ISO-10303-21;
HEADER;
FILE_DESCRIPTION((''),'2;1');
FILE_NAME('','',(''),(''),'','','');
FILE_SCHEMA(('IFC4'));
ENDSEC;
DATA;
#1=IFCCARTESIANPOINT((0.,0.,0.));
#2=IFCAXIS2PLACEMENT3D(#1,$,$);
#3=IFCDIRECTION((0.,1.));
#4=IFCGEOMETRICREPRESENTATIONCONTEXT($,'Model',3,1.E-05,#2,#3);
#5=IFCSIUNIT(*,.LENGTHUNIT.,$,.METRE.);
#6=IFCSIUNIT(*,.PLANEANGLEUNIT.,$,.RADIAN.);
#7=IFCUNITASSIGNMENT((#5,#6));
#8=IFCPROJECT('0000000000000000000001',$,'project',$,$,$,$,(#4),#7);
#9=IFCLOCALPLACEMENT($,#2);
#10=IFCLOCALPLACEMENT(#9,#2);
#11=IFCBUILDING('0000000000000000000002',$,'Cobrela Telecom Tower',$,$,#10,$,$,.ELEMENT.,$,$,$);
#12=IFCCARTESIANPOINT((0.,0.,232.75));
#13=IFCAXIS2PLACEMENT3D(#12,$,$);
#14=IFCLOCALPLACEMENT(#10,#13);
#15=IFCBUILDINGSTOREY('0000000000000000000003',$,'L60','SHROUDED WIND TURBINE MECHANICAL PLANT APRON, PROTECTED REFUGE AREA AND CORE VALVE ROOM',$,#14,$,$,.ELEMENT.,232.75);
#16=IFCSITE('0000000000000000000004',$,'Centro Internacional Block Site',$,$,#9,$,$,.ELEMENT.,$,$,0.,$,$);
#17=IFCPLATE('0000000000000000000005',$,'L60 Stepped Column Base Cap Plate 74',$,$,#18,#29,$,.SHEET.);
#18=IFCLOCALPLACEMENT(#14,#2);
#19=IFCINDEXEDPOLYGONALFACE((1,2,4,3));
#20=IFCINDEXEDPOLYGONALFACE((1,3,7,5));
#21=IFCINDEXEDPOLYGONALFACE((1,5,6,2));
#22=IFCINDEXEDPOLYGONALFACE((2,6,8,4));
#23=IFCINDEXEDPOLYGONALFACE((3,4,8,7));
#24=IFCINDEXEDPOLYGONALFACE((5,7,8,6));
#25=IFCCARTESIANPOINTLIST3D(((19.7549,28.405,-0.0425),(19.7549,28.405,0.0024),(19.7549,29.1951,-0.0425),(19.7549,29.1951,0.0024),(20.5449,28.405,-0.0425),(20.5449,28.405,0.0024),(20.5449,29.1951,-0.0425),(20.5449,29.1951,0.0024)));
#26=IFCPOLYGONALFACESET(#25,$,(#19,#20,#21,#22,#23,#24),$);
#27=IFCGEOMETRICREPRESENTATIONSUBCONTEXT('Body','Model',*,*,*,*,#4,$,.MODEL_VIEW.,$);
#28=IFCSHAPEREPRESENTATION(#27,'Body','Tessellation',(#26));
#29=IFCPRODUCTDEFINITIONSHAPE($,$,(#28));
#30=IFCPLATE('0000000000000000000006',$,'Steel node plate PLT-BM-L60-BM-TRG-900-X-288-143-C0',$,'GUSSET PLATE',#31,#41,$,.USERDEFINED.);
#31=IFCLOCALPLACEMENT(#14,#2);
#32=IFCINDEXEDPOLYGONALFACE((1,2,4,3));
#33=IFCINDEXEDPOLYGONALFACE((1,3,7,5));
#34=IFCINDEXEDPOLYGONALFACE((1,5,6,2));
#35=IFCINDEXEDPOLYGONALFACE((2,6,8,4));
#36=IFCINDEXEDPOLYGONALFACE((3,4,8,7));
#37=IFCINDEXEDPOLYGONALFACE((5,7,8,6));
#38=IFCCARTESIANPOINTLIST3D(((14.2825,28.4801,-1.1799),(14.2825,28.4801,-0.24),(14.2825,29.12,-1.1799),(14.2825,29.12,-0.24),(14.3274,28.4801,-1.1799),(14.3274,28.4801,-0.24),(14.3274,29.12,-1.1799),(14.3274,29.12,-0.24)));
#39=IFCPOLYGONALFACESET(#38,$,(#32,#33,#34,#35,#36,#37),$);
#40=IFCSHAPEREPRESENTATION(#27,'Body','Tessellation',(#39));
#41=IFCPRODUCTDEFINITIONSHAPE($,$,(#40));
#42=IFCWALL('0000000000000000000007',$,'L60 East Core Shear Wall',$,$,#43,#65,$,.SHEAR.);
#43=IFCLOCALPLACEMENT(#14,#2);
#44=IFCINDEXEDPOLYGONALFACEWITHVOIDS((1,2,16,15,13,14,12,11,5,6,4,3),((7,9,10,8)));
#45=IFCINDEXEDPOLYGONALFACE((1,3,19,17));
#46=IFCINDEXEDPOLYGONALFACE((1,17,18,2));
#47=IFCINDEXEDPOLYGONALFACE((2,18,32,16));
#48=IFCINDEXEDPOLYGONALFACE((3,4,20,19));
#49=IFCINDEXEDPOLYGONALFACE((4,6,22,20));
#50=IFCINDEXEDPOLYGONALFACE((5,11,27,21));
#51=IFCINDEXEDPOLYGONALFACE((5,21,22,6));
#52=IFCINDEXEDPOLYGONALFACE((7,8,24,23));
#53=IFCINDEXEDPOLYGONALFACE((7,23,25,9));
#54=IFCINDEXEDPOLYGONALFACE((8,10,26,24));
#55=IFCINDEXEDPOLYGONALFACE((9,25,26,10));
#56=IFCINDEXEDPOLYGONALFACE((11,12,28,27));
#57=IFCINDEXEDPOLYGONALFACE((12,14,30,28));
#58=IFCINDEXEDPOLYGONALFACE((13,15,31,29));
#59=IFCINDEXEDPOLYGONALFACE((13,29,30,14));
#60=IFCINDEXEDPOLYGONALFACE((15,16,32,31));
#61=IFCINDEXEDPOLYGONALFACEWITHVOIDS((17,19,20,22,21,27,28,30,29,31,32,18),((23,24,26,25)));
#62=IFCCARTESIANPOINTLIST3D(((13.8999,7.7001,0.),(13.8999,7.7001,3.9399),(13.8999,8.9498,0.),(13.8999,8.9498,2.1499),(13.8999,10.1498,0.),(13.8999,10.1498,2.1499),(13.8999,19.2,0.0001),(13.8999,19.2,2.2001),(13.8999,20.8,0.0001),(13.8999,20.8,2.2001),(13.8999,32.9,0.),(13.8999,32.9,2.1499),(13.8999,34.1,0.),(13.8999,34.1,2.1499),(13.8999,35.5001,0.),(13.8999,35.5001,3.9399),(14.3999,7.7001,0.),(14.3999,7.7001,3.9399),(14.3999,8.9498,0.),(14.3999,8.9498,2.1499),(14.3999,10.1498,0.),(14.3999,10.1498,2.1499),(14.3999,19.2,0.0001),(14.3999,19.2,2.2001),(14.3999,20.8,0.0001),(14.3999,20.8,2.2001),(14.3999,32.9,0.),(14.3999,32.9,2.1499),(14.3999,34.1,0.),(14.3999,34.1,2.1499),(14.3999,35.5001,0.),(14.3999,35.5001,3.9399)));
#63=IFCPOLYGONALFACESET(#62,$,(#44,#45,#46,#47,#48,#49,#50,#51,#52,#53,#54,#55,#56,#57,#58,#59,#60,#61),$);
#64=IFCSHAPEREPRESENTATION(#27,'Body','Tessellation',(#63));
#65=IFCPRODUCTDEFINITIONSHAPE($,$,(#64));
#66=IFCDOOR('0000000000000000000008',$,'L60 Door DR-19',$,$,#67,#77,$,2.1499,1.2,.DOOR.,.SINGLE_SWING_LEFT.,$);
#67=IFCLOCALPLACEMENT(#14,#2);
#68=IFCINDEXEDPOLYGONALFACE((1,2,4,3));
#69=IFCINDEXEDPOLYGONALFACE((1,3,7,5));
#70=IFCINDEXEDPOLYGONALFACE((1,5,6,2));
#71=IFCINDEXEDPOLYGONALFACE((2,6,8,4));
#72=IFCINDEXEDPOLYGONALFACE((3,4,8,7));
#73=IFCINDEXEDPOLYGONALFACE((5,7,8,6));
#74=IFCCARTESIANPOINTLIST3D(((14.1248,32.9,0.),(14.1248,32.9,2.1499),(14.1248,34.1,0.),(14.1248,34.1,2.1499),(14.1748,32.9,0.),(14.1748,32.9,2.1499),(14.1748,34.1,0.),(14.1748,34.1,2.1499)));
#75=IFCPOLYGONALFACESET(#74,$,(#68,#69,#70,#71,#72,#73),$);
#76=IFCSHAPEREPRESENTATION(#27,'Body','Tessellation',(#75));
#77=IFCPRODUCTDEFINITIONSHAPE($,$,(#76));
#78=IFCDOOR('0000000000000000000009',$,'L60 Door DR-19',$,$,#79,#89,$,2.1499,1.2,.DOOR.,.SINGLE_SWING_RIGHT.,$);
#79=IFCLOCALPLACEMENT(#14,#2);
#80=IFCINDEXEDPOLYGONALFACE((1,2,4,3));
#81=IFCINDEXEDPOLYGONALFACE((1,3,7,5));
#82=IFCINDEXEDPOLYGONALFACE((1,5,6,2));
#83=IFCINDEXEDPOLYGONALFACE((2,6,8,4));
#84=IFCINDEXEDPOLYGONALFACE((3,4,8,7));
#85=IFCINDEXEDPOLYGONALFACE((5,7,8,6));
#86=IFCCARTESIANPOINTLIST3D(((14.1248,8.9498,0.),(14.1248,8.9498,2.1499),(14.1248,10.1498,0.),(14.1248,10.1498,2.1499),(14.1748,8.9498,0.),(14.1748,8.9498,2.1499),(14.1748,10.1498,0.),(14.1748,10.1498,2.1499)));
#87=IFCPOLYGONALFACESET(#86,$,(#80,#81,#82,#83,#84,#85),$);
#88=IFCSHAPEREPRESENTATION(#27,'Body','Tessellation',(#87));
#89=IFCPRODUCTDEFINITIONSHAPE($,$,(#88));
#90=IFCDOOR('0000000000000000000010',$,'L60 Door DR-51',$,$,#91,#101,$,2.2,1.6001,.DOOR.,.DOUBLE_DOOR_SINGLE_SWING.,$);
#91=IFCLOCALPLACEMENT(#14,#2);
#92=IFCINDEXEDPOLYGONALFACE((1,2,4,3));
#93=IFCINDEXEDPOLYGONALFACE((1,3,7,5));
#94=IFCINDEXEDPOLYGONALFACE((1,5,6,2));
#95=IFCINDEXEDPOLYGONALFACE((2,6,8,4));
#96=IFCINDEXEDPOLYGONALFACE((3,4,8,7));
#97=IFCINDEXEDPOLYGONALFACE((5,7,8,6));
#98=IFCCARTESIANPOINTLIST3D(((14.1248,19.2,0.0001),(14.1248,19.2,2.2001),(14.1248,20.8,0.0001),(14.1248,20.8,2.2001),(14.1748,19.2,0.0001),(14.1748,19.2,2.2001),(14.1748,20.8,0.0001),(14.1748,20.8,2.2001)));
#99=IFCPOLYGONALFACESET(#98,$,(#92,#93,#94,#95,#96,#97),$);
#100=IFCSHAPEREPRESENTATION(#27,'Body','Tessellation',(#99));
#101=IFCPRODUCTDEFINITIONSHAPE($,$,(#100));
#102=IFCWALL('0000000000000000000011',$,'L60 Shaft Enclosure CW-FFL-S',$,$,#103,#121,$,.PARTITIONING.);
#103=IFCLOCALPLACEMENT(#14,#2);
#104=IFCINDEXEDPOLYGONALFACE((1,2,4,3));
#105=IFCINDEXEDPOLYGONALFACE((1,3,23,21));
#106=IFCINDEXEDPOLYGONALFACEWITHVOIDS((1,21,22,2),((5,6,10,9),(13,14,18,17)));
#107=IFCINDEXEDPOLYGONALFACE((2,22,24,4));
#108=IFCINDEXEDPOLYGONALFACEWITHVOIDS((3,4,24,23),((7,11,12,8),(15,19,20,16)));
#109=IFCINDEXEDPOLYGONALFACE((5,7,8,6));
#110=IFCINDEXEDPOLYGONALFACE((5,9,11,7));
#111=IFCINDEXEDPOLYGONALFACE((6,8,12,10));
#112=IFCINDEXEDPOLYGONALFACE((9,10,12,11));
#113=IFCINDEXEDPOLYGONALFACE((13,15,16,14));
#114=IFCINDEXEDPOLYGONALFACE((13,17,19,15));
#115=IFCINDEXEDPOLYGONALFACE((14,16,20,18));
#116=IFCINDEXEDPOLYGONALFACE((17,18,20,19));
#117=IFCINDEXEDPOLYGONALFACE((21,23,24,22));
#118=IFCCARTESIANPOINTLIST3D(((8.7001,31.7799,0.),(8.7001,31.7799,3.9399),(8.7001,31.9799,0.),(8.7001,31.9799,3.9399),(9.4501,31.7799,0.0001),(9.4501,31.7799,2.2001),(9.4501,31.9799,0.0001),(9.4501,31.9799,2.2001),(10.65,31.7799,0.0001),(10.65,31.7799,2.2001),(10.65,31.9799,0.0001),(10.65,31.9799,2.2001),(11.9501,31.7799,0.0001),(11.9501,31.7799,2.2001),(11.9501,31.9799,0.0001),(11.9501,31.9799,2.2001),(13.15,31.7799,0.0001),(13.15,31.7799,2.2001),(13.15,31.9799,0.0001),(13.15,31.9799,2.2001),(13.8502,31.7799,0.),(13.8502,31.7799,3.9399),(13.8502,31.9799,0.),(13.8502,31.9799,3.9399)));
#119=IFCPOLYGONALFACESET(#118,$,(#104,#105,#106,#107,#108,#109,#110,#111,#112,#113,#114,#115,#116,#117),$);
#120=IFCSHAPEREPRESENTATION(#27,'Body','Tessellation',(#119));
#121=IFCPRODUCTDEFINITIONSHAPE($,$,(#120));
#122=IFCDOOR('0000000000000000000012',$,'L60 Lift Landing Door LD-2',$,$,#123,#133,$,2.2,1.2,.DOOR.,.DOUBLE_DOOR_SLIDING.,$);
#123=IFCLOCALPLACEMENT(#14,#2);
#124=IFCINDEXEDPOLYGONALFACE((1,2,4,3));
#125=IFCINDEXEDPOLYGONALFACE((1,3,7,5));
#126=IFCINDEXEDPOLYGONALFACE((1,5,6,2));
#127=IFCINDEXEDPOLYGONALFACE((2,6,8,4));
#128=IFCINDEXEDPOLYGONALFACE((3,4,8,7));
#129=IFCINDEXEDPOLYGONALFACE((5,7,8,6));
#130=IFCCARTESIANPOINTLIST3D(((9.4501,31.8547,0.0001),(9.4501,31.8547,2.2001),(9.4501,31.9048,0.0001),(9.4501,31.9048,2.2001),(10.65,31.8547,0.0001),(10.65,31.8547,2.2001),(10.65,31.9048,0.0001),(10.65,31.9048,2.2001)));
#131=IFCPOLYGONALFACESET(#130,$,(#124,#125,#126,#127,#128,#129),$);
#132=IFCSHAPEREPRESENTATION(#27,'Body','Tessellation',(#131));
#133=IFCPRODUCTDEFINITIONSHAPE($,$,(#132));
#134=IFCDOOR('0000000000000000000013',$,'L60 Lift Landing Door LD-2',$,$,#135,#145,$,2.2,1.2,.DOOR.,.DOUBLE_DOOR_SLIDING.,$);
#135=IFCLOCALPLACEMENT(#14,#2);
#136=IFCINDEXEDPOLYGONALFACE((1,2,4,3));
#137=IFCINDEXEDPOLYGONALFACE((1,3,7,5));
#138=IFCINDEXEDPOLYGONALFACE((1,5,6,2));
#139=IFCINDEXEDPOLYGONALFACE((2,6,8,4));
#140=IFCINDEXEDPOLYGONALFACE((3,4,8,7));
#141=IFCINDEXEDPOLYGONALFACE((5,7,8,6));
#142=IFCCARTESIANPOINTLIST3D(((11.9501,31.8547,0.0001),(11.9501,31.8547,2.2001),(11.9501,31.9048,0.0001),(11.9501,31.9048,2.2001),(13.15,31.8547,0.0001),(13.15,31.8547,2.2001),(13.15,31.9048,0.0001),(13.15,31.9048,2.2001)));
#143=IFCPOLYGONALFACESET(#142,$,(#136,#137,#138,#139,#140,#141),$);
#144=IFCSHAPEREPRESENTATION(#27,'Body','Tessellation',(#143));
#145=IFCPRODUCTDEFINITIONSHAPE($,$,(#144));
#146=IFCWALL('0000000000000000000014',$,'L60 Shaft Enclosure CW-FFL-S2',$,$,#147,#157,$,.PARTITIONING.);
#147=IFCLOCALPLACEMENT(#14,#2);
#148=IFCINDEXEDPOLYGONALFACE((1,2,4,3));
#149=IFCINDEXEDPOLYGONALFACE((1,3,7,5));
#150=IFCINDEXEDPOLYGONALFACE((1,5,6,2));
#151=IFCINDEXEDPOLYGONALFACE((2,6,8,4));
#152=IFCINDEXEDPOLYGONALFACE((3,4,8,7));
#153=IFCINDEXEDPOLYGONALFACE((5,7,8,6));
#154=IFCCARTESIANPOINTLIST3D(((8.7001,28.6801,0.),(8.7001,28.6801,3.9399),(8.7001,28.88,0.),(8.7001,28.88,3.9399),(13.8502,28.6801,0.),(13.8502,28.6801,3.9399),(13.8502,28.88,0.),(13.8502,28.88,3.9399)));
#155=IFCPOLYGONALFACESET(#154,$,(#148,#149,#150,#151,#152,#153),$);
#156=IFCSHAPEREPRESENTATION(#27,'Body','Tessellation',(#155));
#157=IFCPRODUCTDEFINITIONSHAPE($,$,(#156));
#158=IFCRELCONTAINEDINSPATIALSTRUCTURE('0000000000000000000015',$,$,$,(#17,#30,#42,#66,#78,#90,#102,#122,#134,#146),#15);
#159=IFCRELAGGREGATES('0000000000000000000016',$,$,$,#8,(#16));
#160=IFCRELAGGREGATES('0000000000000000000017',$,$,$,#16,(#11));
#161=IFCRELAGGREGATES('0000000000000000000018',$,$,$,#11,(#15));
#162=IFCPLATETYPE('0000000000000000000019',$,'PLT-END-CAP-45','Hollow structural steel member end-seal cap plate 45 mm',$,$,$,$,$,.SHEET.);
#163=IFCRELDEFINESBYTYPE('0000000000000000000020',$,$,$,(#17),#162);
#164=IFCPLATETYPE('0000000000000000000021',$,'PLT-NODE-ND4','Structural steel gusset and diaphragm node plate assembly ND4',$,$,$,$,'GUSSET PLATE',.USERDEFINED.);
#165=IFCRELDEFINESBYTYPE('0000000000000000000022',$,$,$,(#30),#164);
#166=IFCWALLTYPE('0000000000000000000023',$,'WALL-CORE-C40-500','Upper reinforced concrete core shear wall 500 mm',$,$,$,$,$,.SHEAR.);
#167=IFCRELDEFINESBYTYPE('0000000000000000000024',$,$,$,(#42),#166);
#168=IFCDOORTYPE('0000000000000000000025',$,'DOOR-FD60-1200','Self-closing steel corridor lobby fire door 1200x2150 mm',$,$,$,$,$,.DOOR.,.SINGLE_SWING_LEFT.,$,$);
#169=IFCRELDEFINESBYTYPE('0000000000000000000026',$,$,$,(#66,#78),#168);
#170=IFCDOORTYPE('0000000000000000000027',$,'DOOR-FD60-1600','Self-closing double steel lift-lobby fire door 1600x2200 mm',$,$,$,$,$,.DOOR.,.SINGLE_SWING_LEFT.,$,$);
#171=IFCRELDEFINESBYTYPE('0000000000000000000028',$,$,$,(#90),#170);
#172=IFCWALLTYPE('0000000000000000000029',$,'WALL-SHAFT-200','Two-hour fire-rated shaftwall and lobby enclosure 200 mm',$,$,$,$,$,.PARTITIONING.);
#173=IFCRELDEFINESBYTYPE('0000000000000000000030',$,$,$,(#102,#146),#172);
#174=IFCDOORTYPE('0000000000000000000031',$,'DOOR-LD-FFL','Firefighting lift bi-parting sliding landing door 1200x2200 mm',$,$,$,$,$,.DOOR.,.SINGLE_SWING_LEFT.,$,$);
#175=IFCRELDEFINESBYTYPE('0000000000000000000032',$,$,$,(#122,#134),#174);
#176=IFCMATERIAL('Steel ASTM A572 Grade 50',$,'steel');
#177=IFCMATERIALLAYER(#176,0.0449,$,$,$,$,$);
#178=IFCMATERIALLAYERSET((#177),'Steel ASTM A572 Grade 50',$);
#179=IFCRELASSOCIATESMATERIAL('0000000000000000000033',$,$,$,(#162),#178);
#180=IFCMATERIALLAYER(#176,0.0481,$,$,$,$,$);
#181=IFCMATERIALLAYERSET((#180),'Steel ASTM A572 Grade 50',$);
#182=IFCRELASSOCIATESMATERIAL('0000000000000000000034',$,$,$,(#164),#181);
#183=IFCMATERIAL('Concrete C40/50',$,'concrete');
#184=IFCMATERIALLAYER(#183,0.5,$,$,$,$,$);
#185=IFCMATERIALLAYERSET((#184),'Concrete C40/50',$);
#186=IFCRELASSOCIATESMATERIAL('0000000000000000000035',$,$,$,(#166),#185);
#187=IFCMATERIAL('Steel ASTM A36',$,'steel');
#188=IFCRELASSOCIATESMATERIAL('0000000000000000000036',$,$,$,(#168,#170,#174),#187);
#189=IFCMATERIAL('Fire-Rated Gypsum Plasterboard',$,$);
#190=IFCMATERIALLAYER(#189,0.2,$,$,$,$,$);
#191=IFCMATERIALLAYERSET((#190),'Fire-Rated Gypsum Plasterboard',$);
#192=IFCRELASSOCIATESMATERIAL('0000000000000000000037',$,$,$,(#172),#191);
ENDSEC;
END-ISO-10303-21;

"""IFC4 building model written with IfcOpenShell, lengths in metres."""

from ifc_helpers import new_model, si_unit, direction, frame, frame_2d, origin, origin_2d, place, context, subcontext, project, spatial, rectangle, extrude, material, layer, layer_set, type_object, element, fill, save


model = new_model("IFC4")

# Units and contexts
model_context = context("Model", 3, precision=1e-05, world=origin(), true_north=direction((0.0, 1.0)))
body_context = subcontext(model_context, "Body", "Model", "MODEL_VIEW")
ifc_project = project(units=[si_unit("LENGTHUNIT", "METRE"), si_unit("PLANEANGLEUNIT", "RADIAN")], contexts=[model_context])

# Site, building, storey
site_placement = place(None, origin())
site = spatial("IfcSite", under=ifc_project, at=site_placement, Name="Centro Internacional Block Site", CompositionType="ELEMENT", RefElevation=0.0)
building_placement = place(site_placement, origin())
building = spatial("IfcBuilding", under=site, at=building_placement, Name="Cobrela Telecom Tower", CompositionType="ELEMENT")
storey_placement = place(building_placement, frame((0.0, 0.0, 232.75)))
storey = spatial("IfcBuildingStorey", under=building, at=storey_placement, Name="L60", Description="SHROUDED WIND TURBINE MECHANICAL PLANT APRON, PROTECTED REFUGE AREA AND CORE VALVE ROOM", CompositionType="ELEMENT", Elevation=232.75)

# Shared definitions
ifc_material_1 = material(Name="Steel ASTM A572 Grade 50", Category="steel")

# Plates
ifc_layer_1 = layer(ifc_material_1, 0.0449)
ifc_layer_set_1 = layer_set([ifc_layer_1], Name="Steel ASTM A572 Grade 50")
plate_type_1 = type_object("IfcPlateType", Name="PLT-END-CAP-45", Description="Hollow structural steel member end-seal cap plate 45 mm", PredefinedType="SHEET", material=ifc_layer_set_1)
plate_1_placement = place(storey_placement, frame((20.1499, 28.8, -0.0425), z_axis=(0.0, 0.0, 1.0), x_axis=(1.0, 0.0, 0.0)))
element("IfcPlate", 1, at=plate_1_placement, inside=storey, type_object=plate_type_1, Name="L60 Stepped Column Base Cap Plate 74", PredefinedType="SHEET", context=body_context, shape_type="SweptSolid", body=[
    extrude(rectangle(XDim=0.79, YDim=0.79, at=origin_2d()), origin(), (0.0, 0.0, 1.0), 0.0449),
])
ifc_layer_2 = layer(ifc_material_1, 0.0481)
ifc_layer_set_2 = layer_set([ifc_layer_2], Name="Steel ASTM A572 Grade 50")
plate_type_2 = type_object("IfcPlateType", Name="PLT-NODE-ND4", Description="Structural steel gusset and diaphragm node plate assembly ND4", ElementType="GUSSET PLATE", PredefinedType="USERDEFINED", material=ifc_layer_set_2)
plate_2_placement = place(storey_placement, frame((14.3049, 28.8, -1.1799), z_axis=(0.0, 0.0, 1.0), x_axis=(1.0, 0.0, 0.0)))
element("IfcPlate", 2, at=plate_2_placement, inside=storey, type_object=plate_type_2, Name="Steel node plate PLT-BM-L60-BM-TRG-900-X-288-143-C0", ObjectType="GUSSET PLATE", PredefinedType="USERDEFINED", context=body_context, shape_type="SweptSolid", body=[
    extrude(rectangle(XDim=0.0449, YDim=0.6399, at=origin_2d()), origin(), (0.0, 0.0, 1.0), 0.9399),
])

# Walls, openings, doors
ifc_material_2 = material(Name="Concrete C40/50", Category="concrete")
ifc_layer_3 = layer(ifc_material_2, 0.5)
ifc_layer_set_3 = layer_set([ifc_layer_3], Name="Concrete C40/50")
wall_type_1 = type_object("IfcWallType", Name="WALL-CORE-C40-500", Description="Upper reinforced concrete core shear wall 500 mm", PredefinedType="SHEAR", material=ifc_layer_set_3)
wall_1_placement = place(storey_placement, frame((14.1499, 35.5, 0.0), z_axis=(0.0, 0.0, 1.0), x_axis=(0.0, -1.0, 0.0)))
wall_1 = element("IfcWall", 3, at=wall_1_placement, inside=storey, type_object=wall_type_1, Name="L60 East Core Shear Wall", PredefinedType="SHEAR", context=body_context, shape_type="SweptSolid", body=[
    extrude(rectangle(XDim=27.8, YDim=0.5, at=frame_2d((13.8999, 0.0))), origin(), (0.0, 0.0, 1.0), 3.9399),
])
opening_1_placement = place(wall_1_placement, frame((1.3999, 0.0, 0.0)))
opening_1 = element("IfcOpeningElement", 4, at=opening_1_placement, cuts=wall_1, PredefinedType="OPENING", context=body_context, shape_type="SweptSolid", body=[
    extrude(rectangle(XDim=1.2, YDim=2.1499, at=frame_2d((0.6001, 1.075))), frame((0.0, 0.262, 0.0), z_axis=(0.0, -1.0, 0.0), x_axis=(1.0, 0.0, 0.0)), (0.0, 0.0, 1.0), 0.5239),
])
opening_2_placement = place(wall_1_placement, frame((25.3501, 0.0, 0.0)))
opening_2 = element("IfcOpeningElement", 5, at=opening_2_placement, cuts=wall_1, PredefinedType="OPENING", context=body_context, shape_type="SweptSolid", body=[
    extrude(rectangle(XDim=1.2, YDim=2.1499, at=frame_2d((0.6001, 1.075))), frame((0.0, 0.262, 0.0), z_axis=(0.0, -1.0, 0.0), x_axis=(1.0, 0.0, 0.0)), (0.0, 0.0, 1.0), 0.5239),
])
opening_3_placement = place(wall_1_placement, frame((14.7, 0.0, 0.0)))
opening_3 = element("IfcOpeningElement", 6, at=opening_3_placement, cuts=wall_1, PredefinedType="OPENING", context=body_context, shape_type="SweptSolid", body=[
    extrude(rectangle(XDim=1.6001, YDim=2.2, at=frame_2d((0.8, 1.1001))), frame((0.0, 0.262, 0.0), z_axis=(0.0, -1.0, 0.0), x_axis=(1.0, 0.0, 0.0)), (0.0, 0.0, 1.0), 0.5239),
])
ifc_material_3 = material(Name="Steel ASTM A36", Category="steel")
door_type_1 = type_object("IfcDoorType", Name="DOOR-FD60-1200", Description="Self-closing steel corridor lobby fire door 1200x2150 mm", OperationType="SINGLE_SWING_LEFT", PredefinedType="DOOR", material=ifc_material_3)
door_1_placement = place(opening_1_placement, origin())
door_1 = element("IfcDoor", 7, at=door_1_placement, inside=storey, type_object=door_type_1, Name="L60 Door DR-19", OperationType="SINGLE_SWING_LEFT", OverallHeight=2.1499, OverallWidth=1.2, PredefinedType="DOOR", context=body_context, shape_type="SweptSolid", body=[
    extrude(rectangle(XDim=1.2, YDim=2.1499, at=frame_2d((0.6001, 1.075))), frame((0.0, 0.0249, 0.0), z_axis=(0.0, -1.0, 0.0), x_axis=(1.0, 0.0, 0.0)), (0.0, 0.0, 1.0), 0.05),
])
fill(opening_1, door_1)
door_2_placement = place(opening_2_placement, origin())
door_2 = element("IfcDoor", 8, at=door_2_placement, inside=storey, type_object=door_type_1, Name="L60 Door DR-19", OperationType="SINGLE_SWING_RIGHT", OverallHeight=2.1499, OverallWidth=1.2, PredefinedType="DOOR", context=body_context, shape_type="SweptSolid", body=[
    extrude(rectangle(XDim=1.2, YDim=2.1499, at=frame_2d((0.6001, 1.075))), frame((0.0, 0.0249, 0.0), z_axis=(0.0, -1.0, 0.0), x_axis=(1.0, 0.0, 0.0)), (0.0, 0.0, 1.0), 0.05),
])
fill(opening_2, door_2)
door_type_2 = type_object("IfcDoorType", Name="DOOR-FD60-1600", Description="Self-closing double steel lift-lobby fire door 1600x2200 mm", OperationType="SINGLE_SWING_LEFT", PredefinedType="DOOR", material=ifc_material_3)
door_3_placement = place(opening_3_placement, origin())
door_3 = element("IfcDoor", 9, at=door_3_placement, inside=storey, type_object=door_type_2, Name="L60 Door DR-51", OperationType="DOUBLE_DOOR_SINGLE_SWING", OverallHeight=2.2, OverallWidth=1.6001, PredefinedType="DOOR", context=body_context, shape_type="SweptSolid", body=[
    extrude(rectangle(XDim=1.6001, YDim=2.2, at=frame_2d((0.8, 1.1001))), frame((0.0, 0.0249, 0.0), z_axis=(0.0, -1.0, 0.0), x_axis=(1.0, 0.0, 0.0)), (0.0, 0.0, 1.0), 0.05),
])
fill(opening_3, door_3)
ifc_material_4 = material(Name="Fire-Rated Gypsum Plasterboard")
ifc_layer_4 = layer(ifc_material_4, 0.2)
ifc_layer_set_4 = layer_set([ifc_layer_4], Name="Fire-Rated Gypsum Plasterboard")
wall_type_2 = type_object("IfcWallType", Name="WALL-SHAFT-200", Description="Two-hour fire-rated shaftwall and lobby enclosure 200 mm", PredefinedType="PARTITIONING", material=ifc_layer_set_4)
wall_2_placement = place(storey_placement, frame((8.7, 31.8799, 0.0), z_axis=(0.0, 0.0, 1.0), x_axis=(1.0, 0.0, 0.0)))
wall_2 = element("IfcWall", 10, at=wall_2_placement, inside=storey, type_object=wall_type_2, Name="L60 Shaft Enclosure CW-FFL-S", PredefinedType="PARTITIONING", context=body_context, shape_type="SweptSolid", body=[
    extrude(rectangle(XDim=5.1501, YDim=0.2, at=frame_2d((2.5752, 0.0))), origin(), (0.0, 0.0, 1.0), 3.9399),
])
opening_4_placement = place(wall_2_placement, frame((0.75, 0.0, 0.0)))
opening_4 = element("IfcOpeningElement", 11, at=opening_4_placement, cuts=wall_2, PredefinedType="OPENING", context=body_context, shape_type="SweptSolid", body=[
    extrude(rectangle(XDim=1.2, YDim=2.2, at=frame_2d((0.6001, 1.1001))), frame((0.0, 0.1118, 0.0), z_axis=(0.0, -1.0, 0.0), x_axis=(1.0, 0.0, 0.0)), (0.0, 0.0, 1.0), 0.2239),
])
opening_5_placement = place(wall_2_placement, frame((3.25, 0.0, 0.0)))
opening_5 = element("IfcOpeningElement", 12, at=opening_5_placement, cuts=wall_2, PredefinedType="OPENING", context=body_context, shape_type="SweptSolid", body=[
    extrude(rectangle(XDim=1.2, YDim=2.2, at=frame_2d((0.6001, 1.1001))), frame((0.0, 0.1118, 0.0), z_axis=(0.0, -1.0, 0.0), x_axis=(1.0, 0.0, 0.0)), (0.0, 0.0, 1.0), 0.2239),
])
door_type_3 = type_object("IfcDoorType", Name="DOOR-LD-FFL", Description="Firefighting lift bi-parting sliding landing door 1200x2200 mm", OperationType="SINGLE_SWING_LEFT", PredefinedType="DOOR", material=ifc_material_3)
door_4_placement = place(opening_4_placement, origin())
door_4 = element("IfcDoor", 13, at=door_4_placement, inside=storey, type_object=door_type_3, Name="L60 Lift Landing Door LD-2", OperationType="DOUBLE_DOOR_SLIDING", OverallHeight=2.2, OverallWidth=1.2, PredefinedType="DOOR", context=body_context, shape_type="SweptSolid", body=[
    extrude(rectangle(XDim=1.2, YDim=2.2, at=frame_2d((0.6001, 1.1001))), frame((0.0, 0.0249, 0.0), z_axis=(0.0, -1.0, 0.0), x_axis=(1.0, 0.0, 0.0)), (0.0, 0.0, 1.0), 0.05),
])
fill(opening_4, door_4)
door_5_placement = place(opening_5_placement, origin())
door_5 = element("IfcDoor", 14, at=door_5_placement, inside=storey, type_object=door_type_3, Name="L60 Lift Landing Door LD-2", OperationType="DOUBLE_DOOR_SLIDING", OverallHeight=2.2, OverallWidth=1.2, PredefinedType="DOOR", context=body_context, shape_type="SweptSolid", body=[
    extrude(rectangle(XDim=1.2, YDim=2.2, at=frame_2d((0.6001, 1.1001))), frame((0.0, 0.0249, 0.0), z_axis=(0.0, -1.0, 0.0), x_axis=(1.0, 0.0, 0.0)), (0.0, 0.0, 1.0), 0.05),
])
fill(opening_5, door_5)

# Wall
wall_3_placement = place(storey_placement, frame((8.7, 28.78, 0.0), z_axis=(0.0, 0.0, 1.0), x_axis=(1.0, 0.0, 0.0)))
element("IfcWall", 15, at=wall_3_placement, inside=storey, type_object=wall_type_2, Name="L60 Shaft Enclosure CW-FFL-S2", PredefinedType="PARTITIONING", context=body_context, shape_type="SweptSolid", body=[
    extrude(rectangle(XDim=5.1501, YDim=0.2, at=frame_2d((2.5752, 0.0))), origin(), (0.0, 0.0, 1.0), 3.9399),
])

save(model, "model.ifc")
